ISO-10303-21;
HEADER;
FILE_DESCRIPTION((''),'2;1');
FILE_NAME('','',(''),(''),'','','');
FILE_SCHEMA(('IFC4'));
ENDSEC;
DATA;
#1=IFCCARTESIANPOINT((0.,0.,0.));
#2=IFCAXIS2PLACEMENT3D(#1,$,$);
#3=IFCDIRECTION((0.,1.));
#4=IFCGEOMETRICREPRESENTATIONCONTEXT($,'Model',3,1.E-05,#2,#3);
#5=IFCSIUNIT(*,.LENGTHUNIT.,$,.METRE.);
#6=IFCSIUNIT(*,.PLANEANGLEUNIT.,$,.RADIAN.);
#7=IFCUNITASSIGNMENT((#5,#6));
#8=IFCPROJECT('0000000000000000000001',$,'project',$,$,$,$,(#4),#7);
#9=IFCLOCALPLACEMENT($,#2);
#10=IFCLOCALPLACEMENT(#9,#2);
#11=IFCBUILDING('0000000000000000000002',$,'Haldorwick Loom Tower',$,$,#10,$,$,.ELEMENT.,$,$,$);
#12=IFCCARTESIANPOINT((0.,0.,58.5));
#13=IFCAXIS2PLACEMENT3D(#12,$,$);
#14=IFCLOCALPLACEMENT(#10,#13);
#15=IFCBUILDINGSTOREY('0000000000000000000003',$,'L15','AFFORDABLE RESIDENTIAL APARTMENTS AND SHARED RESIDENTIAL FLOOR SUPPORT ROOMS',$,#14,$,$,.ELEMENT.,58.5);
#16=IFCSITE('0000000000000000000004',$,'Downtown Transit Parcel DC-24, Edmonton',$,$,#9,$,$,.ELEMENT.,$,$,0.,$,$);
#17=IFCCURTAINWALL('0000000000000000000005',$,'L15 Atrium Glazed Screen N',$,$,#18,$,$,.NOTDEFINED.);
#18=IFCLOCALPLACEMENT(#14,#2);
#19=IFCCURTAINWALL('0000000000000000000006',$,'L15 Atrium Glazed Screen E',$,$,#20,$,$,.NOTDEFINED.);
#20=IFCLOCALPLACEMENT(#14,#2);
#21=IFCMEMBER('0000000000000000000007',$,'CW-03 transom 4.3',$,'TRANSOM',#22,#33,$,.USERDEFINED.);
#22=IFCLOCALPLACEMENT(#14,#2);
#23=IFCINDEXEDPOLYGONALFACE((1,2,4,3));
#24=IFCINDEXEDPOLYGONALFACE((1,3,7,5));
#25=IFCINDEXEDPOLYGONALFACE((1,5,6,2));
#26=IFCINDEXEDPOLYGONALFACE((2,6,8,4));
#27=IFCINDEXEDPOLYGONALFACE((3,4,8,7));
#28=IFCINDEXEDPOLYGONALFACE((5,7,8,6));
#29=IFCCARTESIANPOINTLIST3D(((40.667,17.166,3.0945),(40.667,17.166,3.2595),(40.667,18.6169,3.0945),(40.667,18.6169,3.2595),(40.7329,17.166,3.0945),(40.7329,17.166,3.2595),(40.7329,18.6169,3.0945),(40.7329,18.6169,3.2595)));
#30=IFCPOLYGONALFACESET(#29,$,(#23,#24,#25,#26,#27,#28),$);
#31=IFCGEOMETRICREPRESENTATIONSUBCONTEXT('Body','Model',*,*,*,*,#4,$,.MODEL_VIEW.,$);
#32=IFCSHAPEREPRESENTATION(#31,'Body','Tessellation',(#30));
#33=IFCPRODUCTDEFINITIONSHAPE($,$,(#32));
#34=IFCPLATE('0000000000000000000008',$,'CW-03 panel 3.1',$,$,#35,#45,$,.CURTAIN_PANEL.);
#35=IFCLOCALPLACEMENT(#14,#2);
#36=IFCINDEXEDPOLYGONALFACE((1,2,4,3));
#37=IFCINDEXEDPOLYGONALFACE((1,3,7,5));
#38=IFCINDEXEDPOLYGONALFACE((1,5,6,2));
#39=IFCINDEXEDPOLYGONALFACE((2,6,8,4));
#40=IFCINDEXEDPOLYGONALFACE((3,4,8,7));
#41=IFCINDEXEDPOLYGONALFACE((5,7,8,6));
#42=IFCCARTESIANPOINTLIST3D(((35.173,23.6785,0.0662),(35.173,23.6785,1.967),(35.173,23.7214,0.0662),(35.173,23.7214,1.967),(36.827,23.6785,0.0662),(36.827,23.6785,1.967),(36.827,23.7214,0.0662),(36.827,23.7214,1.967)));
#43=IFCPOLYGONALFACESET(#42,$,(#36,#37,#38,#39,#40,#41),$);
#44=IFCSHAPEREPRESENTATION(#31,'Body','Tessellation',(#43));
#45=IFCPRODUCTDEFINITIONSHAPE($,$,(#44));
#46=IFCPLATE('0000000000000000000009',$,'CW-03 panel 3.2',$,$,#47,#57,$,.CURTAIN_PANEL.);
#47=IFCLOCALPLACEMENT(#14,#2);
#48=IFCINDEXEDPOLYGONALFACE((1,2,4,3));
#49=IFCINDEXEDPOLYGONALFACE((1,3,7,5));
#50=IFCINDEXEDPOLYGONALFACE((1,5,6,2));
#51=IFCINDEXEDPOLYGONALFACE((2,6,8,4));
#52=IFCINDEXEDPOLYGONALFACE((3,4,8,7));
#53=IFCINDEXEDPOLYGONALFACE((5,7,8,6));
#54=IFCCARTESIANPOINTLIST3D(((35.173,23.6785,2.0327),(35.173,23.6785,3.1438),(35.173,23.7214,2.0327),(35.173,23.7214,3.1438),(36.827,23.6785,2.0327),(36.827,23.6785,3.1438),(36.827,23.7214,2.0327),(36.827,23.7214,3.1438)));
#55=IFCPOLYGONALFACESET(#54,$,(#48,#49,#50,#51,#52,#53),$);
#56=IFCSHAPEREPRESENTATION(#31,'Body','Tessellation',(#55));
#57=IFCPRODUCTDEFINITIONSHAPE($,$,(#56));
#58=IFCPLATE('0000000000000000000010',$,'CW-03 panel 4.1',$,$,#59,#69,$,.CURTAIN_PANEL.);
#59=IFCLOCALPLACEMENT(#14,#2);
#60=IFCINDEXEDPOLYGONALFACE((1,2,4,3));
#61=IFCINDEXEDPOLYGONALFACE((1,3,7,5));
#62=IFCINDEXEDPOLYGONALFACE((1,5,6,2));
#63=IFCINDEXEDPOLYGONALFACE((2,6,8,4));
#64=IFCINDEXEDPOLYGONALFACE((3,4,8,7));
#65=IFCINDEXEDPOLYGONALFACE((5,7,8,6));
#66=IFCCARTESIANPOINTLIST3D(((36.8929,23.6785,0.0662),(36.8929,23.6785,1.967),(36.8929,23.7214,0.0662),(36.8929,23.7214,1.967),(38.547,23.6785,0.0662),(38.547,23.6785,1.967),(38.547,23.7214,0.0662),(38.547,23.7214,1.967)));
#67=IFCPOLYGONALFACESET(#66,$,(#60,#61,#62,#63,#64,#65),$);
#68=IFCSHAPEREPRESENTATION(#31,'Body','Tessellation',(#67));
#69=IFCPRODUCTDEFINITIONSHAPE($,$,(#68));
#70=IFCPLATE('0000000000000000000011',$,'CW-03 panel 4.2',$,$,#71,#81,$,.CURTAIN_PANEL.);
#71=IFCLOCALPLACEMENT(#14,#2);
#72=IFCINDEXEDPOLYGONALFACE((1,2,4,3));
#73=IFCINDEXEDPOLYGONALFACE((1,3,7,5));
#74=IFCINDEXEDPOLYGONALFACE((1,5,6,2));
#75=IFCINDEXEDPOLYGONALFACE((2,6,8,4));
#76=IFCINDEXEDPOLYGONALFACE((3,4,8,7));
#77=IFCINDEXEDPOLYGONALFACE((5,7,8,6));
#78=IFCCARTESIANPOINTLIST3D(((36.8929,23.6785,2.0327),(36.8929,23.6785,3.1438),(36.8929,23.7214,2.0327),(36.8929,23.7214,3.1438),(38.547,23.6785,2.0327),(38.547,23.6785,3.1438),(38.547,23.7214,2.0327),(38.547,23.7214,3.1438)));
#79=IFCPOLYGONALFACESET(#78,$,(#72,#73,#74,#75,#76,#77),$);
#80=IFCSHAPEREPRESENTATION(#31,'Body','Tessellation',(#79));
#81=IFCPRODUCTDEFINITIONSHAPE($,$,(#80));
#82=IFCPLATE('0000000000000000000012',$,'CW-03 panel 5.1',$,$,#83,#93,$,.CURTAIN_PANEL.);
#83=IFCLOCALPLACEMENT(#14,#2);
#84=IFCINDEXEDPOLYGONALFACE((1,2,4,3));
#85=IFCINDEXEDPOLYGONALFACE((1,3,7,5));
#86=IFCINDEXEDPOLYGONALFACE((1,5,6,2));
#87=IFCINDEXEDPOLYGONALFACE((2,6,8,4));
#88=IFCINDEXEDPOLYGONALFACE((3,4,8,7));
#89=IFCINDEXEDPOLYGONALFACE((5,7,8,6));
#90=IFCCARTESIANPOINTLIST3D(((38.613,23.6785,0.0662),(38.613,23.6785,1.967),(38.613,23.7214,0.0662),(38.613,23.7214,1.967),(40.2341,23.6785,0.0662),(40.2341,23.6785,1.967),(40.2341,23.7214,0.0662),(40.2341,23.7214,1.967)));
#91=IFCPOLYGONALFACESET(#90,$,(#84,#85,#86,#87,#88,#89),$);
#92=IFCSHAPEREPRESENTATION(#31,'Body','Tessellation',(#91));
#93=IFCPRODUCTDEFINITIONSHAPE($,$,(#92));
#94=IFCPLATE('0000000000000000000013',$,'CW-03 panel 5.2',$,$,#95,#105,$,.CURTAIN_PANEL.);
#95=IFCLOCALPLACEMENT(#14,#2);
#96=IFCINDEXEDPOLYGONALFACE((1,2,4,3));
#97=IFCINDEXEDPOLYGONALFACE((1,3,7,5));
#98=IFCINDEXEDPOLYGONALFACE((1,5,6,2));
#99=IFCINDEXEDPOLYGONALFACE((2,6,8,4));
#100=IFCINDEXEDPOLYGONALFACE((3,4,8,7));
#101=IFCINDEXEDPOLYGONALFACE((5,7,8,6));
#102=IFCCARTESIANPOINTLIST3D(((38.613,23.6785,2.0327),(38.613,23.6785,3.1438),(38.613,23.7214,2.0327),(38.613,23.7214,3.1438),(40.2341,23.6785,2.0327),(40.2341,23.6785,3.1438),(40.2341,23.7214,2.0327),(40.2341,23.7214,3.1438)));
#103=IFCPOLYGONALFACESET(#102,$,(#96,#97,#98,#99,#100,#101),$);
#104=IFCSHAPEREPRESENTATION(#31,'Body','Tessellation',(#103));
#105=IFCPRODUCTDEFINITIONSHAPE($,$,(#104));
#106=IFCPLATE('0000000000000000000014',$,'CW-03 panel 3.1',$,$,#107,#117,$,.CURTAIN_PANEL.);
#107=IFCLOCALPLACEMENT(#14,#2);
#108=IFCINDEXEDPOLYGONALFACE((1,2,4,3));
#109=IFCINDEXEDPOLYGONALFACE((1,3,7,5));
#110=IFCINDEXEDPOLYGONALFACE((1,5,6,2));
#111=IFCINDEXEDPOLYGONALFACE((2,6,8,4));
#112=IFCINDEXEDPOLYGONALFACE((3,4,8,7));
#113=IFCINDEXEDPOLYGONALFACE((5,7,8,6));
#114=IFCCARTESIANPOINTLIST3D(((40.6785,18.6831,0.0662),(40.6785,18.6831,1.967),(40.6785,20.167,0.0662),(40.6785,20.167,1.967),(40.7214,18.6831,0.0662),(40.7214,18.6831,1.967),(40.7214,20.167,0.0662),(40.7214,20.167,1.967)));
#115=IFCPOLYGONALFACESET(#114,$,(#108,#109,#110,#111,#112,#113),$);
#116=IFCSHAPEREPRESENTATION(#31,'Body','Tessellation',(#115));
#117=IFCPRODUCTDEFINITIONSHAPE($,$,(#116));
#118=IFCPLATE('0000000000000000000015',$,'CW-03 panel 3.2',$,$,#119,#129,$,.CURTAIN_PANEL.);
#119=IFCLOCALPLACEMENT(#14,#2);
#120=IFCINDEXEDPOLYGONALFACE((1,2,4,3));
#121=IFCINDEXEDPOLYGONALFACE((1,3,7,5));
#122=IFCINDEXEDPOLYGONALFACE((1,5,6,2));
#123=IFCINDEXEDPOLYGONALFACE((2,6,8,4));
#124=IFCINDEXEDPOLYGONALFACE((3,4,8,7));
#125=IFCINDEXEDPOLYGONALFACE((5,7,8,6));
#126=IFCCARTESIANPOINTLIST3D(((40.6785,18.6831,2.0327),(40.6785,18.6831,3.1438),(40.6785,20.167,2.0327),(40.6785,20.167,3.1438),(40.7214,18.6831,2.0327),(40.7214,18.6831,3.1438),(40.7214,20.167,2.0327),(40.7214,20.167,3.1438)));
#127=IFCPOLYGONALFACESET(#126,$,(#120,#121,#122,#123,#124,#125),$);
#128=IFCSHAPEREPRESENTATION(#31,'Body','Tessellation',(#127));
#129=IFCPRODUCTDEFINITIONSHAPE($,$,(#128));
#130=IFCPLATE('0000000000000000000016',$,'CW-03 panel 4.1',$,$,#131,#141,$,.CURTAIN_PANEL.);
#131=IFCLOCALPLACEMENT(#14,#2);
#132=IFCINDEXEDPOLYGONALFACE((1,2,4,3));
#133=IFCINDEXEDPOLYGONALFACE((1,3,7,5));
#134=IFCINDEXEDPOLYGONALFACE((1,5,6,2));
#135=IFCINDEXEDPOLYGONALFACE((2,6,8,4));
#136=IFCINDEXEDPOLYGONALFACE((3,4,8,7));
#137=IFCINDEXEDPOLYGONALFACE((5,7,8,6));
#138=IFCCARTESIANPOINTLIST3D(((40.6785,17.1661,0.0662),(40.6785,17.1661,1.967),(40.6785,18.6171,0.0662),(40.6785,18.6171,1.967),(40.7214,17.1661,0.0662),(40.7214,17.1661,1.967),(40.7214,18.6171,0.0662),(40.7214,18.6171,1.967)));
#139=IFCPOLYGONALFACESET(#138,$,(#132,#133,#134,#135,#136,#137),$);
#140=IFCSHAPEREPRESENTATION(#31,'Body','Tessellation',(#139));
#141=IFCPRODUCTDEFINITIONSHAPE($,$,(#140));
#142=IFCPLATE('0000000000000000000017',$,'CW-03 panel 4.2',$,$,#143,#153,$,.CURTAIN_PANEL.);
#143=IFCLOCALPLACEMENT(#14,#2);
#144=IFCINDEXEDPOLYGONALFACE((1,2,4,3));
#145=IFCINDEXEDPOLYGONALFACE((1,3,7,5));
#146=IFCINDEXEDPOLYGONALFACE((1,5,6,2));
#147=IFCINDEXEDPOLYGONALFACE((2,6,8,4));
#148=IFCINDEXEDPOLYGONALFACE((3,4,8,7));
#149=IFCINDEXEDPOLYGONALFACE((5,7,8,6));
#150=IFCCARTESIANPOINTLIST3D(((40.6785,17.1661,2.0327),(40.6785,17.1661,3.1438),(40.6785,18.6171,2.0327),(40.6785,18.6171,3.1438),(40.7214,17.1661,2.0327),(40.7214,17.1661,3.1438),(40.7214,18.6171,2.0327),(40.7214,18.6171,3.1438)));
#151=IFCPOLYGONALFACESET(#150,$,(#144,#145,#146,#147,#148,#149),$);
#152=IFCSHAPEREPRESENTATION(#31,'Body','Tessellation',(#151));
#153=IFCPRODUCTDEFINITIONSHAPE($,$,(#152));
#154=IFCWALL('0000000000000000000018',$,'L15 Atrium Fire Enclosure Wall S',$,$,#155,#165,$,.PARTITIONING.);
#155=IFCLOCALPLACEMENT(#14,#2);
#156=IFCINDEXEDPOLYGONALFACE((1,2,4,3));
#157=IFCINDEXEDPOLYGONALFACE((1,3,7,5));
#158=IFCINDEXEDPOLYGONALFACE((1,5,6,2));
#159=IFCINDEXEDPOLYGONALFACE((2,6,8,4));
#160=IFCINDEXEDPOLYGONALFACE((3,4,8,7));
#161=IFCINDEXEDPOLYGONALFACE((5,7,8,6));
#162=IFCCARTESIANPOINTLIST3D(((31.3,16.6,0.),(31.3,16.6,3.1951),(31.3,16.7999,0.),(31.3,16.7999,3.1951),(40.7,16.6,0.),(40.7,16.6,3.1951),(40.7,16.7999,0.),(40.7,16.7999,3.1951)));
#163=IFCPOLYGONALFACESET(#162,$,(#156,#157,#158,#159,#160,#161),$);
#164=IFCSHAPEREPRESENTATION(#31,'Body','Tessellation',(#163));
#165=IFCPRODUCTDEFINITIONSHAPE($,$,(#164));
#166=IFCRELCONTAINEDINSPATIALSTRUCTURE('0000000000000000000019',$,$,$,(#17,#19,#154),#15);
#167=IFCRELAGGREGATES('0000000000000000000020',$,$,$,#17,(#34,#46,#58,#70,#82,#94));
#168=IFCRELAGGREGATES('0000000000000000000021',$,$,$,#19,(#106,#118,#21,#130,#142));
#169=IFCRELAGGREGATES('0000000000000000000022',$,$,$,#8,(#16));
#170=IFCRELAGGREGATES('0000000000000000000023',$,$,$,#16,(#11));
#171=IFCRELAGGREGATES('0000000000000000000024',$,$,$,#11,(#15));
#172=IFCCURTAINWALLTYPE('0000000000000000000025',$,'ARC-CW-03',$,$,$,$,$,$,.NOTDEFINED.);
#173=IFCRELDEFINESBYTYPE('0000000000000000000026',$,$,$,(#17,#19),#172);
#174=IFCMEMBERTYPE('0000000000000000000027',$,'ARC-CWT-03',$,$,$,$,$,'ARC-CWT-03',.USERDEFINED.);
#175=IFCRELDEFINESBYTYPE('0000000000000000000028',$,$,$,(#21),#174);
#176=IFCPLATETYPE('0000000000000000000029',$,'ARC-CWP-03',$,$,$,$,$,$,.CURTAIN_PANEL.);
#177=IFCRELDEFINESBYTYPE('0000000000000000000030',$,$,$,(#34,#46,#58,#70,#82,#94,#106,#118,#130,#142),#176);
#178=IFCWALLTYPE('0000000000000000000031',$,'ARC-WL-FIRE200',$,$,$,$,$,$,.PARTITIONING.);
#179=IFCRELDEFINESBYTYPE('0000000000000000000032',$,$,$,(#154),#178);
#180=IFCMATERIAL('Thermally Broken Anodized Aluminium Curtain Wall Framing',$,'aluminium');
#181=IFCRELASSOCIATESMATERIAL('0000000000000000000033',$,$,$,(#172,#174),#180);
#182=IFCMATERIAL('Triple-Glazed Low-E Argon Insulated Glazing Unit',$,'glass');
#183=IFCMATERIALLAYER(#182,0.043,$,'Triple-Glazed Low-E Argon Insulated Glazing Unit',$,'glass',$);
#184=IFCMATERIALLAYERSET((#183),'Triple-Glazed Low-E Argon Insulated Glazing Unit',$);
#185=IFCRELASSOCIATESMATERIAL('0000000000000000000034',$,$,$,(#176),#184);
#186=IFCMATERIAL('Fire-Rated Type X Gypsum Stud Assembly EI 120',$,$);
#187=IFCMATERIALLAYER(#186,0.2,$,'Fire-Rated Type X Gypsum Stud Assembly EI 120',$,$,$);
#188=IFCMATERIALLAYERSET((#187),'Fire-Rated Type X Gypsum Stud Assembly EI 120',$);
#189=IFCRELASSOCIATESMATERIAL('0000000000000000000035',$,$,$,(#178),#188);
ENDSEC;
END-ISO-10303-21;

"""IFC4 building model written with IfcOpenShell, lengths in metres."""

from ifc_helpers import new_model, si_unit, direction, frame, frame_2d, origin, origin_2d, place, context, subcontext, project, spatial, rectangle, extrude, material, layer, layer_set, material_profile, profile_set, type_object, element, aggregate, save


model = new_model("IFC4")

# Units and contexts
model_context = context("Model", 3, precision=1e-05, world=origin(), true_north=direction((0.0, 1.0)))
body_context = subcontext(model_context, "Body", "Model", "MODEL_VIEW")
ifc_project = project(units=[si_unit("LENGTHUNIT", "METRE"), si_unit("PLANEANGLEUNIT", "RADIAN")], contexts=[model_context])

# Site, building, storey
site_placement = place(None, origin())
site = spatial("IfcSite", under=ifc_project, at=site_placement, Name="Downtown Transit Parcel DC-24, Edmonton", CompositionType="ELEMENT", RefElevation=0.0)
building_placement = place(site_placement, origin())
building = spatial("IfcBuilding", under=site, at=building_placement, Name="Haldorwick Loom Tower", CompositionType="ELEMENT")
storey_placement = place(building_placement, frame((0.0, 0.0, 58.5)))
storey = spatial("IfcBuildingStorey", under=building, at=storey_placement, Name="L15", Description="AFFORDABLE RESIDENTIAL APARTMENTS AND SHARED RESIDENTIAL FLOOR SUPPORT ROOMS", CompositionType="ELEMENT", Elevation=58.5)

# Curtain walls
ifc_material_1 = material(Name="Thermally Broken Anodized Aluminium Curtain Wall Framing", Category="aluminium")
curtain_wall_type = type_object("IfcCurtainWallType", Name="ARC-CW-03", PredefinedType="NOTDEFINED", material=ifc_material_1)
curtain_wall_1_placement = place(storey_placement, origin())
curtain_wall_1 = element("IfcCurtainWall", 1, at=curtain_wall_1_placement, inside=storey, type_object=curtain_wall_type, Name="L15 Atrium Glazed Screen N", PredefinedType="NOTDEFINED")
curtain_wall_2_placement = place(storey_placement, origin())
curtain_wall_2 = element("IfcCurtainWall", 2, at=curtain_wall_2_placement, inside=storey, type_object=curtain_wall_type, Name="L15 Atrium Glazed Screen E", PredefinedType="NOTDEFINED")

# Member
ifc_material_profile_1 = material_profile(ifc_material_1, rectangle(XDim=0.0659, YDim=0.165, at=origin_2d()), Name="ALU_TRN_66X165", Category="aluminium")
ifc_profile_set_1 = profile_set([ifc_material_profile_1], Name="Thermally Broken Anodized Aluminium Curtain Wall Framing")
member_type_1 = type_object("IfcMemberType", Name="ARC-CWT-03", ElementType="ARC-CWT-03", PredefinedType="USERDEFINED", material=ifc_profile_set_1)
member_1_placement = place(storey_placement, frame((40.7, 18.6169, 3.177), z_axis=(0.0, -1.0, 0.0), x_axis=(1.0, 0.0, 0.0)))
member_1 = element("IfcMember", 3, at=member_1_placement, type_object=member_type_1, Name="CW-03 transom 4.3", ObjectType="TRANSOM", PredefinedType="USERDEFINED", context=body_context, shape_type="SweptSolid", body=[
    extrude(rectangle(XDim=0.0659, YDim=0.165, at=origin_2d()), origin(), (0.0, 0.0, 1.0), 1.4509),
])

# Plates
ifc_material_2 = material(Name="Triple-Glazed Low-E Argon Insulated Glazing Unit", Category="glass")
ifc_layer_1 = layer(ifc_material_2, 0.043, Name="Triple-Glazed Low-E Argon Insulated Glazing Unit", Category="glass")
ifc_layer_set_1 = layer_set([ifc_layer_1], Name="Triple-Glazed Low-E Argon Insulated Glazing Unit")
plate_type = type_object("IfcPlateType", Name="ARC-CWP-03", PredefinedType="CURTAIN_PANEL", material=ifc_layer_set_1)
plate_1_placement = place(storey_placement, frame((36.0, 23.7, 0.0662), z_axis=(0.0, 0.0, 1.0), x_axis=(1.0, 0.0, 0.0)))
plate_1 = element("IfcPlate", 4, at=plate_1_placement, type_object=plate_type, Name="CW-03 panel 3.1", PredefinedType="CURTAIN_PANEL", context=body_context, shape_type="SweptSolid", body=[
    extrude(rectangle(XDim=1.6541, YDim=0.043, at=origin_2d()), origin(), (0.0, 0.0, 1.0), 1.9009),
])
plate_2_placement = place(storey_placement, frame((36.0, 23.7, 2.0327), z_axis=(0.0, 0.0, 1.0), x_axis=(1.0, 0.0, 0.0)))
plate_2 = element("IfcPlate", 5, at=plate_2_placement, type_object=plate_type, Name="CW-03 panel 3.2", PredefinedType="CURTAIN_PANEL", context=body_context, shape_type="SweptSolid", body=[
    extrude(rectangle(XDim=1.6541, YDim=0.043, at=origin_2d()), origin(), (0.0, 0.0, 1.0), 1.1111),
])
plate_3_placement = place(storey_placement, frame((37.72, 23.7, 0.0662), z_axis=(0.0, 0.0, 1.0), x_axis=(1.0, 0.0, 0.0)))
plate_3 = element("IfcPlate", 6, at=plate_3_placement, type_object=plate_type, Name="CW-03 panel 4.1", PredefinedType="CURTAIN_PANEL", context=body_context, shape_type="SweptSolid", body=[
    extrude(rectangle(XDim=1.6541, YDim=0.043, at=origin_2d()), origin(), (0.0, 0.0, 1.0), 1.9009),
])
plate_4_placement = place(storey_placement, frame((37.72, 23.7, 2.0327), z_axis=(0.0, 0.0, 1.0), x_axis=(1.0, 0.0, 0.0)))
plate_4 = element("IfcPlate", 7, at=plate_4_placement, type_object=plate_type, Name="CW-03 panel 4.2", PredefinedType="CURTAIN_PANEL", context=body_context, shape_type="SweptSolid", body=[
    extrude(rectangle(XDim=1.6541, YDim=0.043, at=origin_2d()), origin(), (0.0, 0.0, 1.0), 1.1111),
])
plate_5_placement = place(storey_placement, frame((39.4236, 23.7, 0.0662), z_axis=(0.0, 0.0, 1.0), x_axis=(1.0, 0.0, 0.0)))
plate_5 = element("IfcPlate", 8, at=plate_5_placement, type_object=plate_type, Name="CW-03 panel 5.1", PredefinedType="CURTAIN_PANEL", context=body_context, shape_type="SweptSolid", body=[
    extrude(rectangle(XDim=1.6211, YDim=0.043, at=origin_2d()), origin(), (0.0, 0.0, 1.0), 1.9009),
])
plate_6_placement = place(storey_placement, frame((39.4236, 23.7, 2.0327), z_axis=(0.0, 0.0, 1.0), x_axis=(1.0, 0.0, 0.0)))
plate_6 = element("IfcPlate", 9, at=plate_6_placement, type_object=plate_type, Name="CW-03 panel 5.2", PredefinedType="CURTAIN_PANEL", context=body_context, shape_type="SweptSolid", body=[
    extrude(rectangle(XDim=1.6211, YDim=0.043, at=origin_2d()), origin(), (0.0, 0.0, 1.0), 1.1111),
])
aggregate(curtain_wall_1, [plate_1, plate_2, plate_3, plate_4, plate_5, plate_6])
plate_7_placement = place(storey_placement, frame((40.7, 19.425, 0.0662), z_axis=(0.0, 0.0, 1.0), x_axis=(0.0, -1.0, 0.0)))
plate_7 = element("IfcPlate", 10, at=plate_7_placement, type_object=plate_type, Name="CW-03 panel 3.1", PredefinedType="CURTAIN_PANEL", context=body_context, shape_type="SweptSolid", body=[
    extrude(rectangle(XDim=1.4839, YDim=0.043, at=origin_2d()), origin(), (0.0, 0.0, 1.0), 1.9009),
])
plate_8_placement = place(storey_placement, frame((40.7, 19.425, 2.0327), z_axis=(0.0, 0.0, 1.0), x_axis=(0.0, -1.0, 0.0)))
plate_8 = element("IfcPlate", 11, at=plate_8_placement, type_object=plate_type, Name="CW-03 panel 3.2", PredefinedType="CURTAIN_PANEL", context=body_context, shape_type="SweptSolid", body=[
    extrude(rectangle(XDim=1.4839, YDim=0.043, at=origin_2d()), origin(), (0.0, 0.0, 1.0), 1.1111),
])
plate_9_placement = place(storey_placement, frame((40.7, 17.8916, 0.0662), z_axis=(0.0, 0.0, 1.0), x_axis=(0.0, -1.0, 0.0)))
plate_9 = element("IfcPlate", 12, at=plate_9_placement, type_object=plate_type, Name="CW-03 panel 4.1", PredefinedType="CURTAIN_PANEL", context=body_context, shape_type="SweptSolid", body=[
    extrude(rectangle(XDim=1.4509, YDim=0.043, at=origin_2d()), origin(), (0.0, 0.0, 1.0), 1.9009),
])
plate_10_placement = place(storey_placement, frame((40.7, 17.8916, 2.0327), z_axis=(0.0, 0.0, 1.0), x_axis=(0.0, -1.0, 0.0)))
plate_10 = element("IfcPlate", 13, at=plate_10_placement, type_object=plate_type, Name="CW-03 panel 4.2", PredefinedType="CURTAIN_PANEL", context=body_context, shape_type="SweptSolid", body=[
    extrude(rectangle(XDim=1.4509, YDim=0.043, at=origin_2d()), origin(), (0.0, 0.0, 1.0), 1.1111),
])
aggregate(curtain_wall_2, [plate_7, plate_8, member_1, plate_9, plate_10])

# Wall
ifc_material_3 = material(Name="Fire-Rated Type X Gypsum Stud Assembly EI 120")
ifc_layer_2 = layer(ifc_material_3, 0.2, Name="Fire-Rated Type X Gypsum Stud Assembly EI 120")
ifc_layer_set_2 = layer_set([ifc_layer_2], Name="Fire-Rated Type X Gypsum Stud Assembly EI 120")
wall_type = type_object("IfcWallType", Name="ARC-WL-FIRE200", PredefinedType="PARTITIONING", material=ifc_layer_set_2)
wall_placement = place(storey_placement, frame((40.7, 16.7, 0.0), z_axis=(0.0, 0.0, 1.0), x_axis=(-1.0, 0.0, 0.0)))
element("IfcWall", 14, at=wall_placement, inside=storey, type_object=wall_type, Name="L15 Atrium Fire Enclosure Wall S", PredefinedType="PARTITIONING", context=body_context, shape_type="SweptSolid", body=[
    extrude(rectangle(XDim=9.3999, YDim=0.2, at=frame_2d((4.7, 0.0))), origin(), (0.0, 0.0, 1.0), 3.1951),
])

save(model, "model.ifc")
